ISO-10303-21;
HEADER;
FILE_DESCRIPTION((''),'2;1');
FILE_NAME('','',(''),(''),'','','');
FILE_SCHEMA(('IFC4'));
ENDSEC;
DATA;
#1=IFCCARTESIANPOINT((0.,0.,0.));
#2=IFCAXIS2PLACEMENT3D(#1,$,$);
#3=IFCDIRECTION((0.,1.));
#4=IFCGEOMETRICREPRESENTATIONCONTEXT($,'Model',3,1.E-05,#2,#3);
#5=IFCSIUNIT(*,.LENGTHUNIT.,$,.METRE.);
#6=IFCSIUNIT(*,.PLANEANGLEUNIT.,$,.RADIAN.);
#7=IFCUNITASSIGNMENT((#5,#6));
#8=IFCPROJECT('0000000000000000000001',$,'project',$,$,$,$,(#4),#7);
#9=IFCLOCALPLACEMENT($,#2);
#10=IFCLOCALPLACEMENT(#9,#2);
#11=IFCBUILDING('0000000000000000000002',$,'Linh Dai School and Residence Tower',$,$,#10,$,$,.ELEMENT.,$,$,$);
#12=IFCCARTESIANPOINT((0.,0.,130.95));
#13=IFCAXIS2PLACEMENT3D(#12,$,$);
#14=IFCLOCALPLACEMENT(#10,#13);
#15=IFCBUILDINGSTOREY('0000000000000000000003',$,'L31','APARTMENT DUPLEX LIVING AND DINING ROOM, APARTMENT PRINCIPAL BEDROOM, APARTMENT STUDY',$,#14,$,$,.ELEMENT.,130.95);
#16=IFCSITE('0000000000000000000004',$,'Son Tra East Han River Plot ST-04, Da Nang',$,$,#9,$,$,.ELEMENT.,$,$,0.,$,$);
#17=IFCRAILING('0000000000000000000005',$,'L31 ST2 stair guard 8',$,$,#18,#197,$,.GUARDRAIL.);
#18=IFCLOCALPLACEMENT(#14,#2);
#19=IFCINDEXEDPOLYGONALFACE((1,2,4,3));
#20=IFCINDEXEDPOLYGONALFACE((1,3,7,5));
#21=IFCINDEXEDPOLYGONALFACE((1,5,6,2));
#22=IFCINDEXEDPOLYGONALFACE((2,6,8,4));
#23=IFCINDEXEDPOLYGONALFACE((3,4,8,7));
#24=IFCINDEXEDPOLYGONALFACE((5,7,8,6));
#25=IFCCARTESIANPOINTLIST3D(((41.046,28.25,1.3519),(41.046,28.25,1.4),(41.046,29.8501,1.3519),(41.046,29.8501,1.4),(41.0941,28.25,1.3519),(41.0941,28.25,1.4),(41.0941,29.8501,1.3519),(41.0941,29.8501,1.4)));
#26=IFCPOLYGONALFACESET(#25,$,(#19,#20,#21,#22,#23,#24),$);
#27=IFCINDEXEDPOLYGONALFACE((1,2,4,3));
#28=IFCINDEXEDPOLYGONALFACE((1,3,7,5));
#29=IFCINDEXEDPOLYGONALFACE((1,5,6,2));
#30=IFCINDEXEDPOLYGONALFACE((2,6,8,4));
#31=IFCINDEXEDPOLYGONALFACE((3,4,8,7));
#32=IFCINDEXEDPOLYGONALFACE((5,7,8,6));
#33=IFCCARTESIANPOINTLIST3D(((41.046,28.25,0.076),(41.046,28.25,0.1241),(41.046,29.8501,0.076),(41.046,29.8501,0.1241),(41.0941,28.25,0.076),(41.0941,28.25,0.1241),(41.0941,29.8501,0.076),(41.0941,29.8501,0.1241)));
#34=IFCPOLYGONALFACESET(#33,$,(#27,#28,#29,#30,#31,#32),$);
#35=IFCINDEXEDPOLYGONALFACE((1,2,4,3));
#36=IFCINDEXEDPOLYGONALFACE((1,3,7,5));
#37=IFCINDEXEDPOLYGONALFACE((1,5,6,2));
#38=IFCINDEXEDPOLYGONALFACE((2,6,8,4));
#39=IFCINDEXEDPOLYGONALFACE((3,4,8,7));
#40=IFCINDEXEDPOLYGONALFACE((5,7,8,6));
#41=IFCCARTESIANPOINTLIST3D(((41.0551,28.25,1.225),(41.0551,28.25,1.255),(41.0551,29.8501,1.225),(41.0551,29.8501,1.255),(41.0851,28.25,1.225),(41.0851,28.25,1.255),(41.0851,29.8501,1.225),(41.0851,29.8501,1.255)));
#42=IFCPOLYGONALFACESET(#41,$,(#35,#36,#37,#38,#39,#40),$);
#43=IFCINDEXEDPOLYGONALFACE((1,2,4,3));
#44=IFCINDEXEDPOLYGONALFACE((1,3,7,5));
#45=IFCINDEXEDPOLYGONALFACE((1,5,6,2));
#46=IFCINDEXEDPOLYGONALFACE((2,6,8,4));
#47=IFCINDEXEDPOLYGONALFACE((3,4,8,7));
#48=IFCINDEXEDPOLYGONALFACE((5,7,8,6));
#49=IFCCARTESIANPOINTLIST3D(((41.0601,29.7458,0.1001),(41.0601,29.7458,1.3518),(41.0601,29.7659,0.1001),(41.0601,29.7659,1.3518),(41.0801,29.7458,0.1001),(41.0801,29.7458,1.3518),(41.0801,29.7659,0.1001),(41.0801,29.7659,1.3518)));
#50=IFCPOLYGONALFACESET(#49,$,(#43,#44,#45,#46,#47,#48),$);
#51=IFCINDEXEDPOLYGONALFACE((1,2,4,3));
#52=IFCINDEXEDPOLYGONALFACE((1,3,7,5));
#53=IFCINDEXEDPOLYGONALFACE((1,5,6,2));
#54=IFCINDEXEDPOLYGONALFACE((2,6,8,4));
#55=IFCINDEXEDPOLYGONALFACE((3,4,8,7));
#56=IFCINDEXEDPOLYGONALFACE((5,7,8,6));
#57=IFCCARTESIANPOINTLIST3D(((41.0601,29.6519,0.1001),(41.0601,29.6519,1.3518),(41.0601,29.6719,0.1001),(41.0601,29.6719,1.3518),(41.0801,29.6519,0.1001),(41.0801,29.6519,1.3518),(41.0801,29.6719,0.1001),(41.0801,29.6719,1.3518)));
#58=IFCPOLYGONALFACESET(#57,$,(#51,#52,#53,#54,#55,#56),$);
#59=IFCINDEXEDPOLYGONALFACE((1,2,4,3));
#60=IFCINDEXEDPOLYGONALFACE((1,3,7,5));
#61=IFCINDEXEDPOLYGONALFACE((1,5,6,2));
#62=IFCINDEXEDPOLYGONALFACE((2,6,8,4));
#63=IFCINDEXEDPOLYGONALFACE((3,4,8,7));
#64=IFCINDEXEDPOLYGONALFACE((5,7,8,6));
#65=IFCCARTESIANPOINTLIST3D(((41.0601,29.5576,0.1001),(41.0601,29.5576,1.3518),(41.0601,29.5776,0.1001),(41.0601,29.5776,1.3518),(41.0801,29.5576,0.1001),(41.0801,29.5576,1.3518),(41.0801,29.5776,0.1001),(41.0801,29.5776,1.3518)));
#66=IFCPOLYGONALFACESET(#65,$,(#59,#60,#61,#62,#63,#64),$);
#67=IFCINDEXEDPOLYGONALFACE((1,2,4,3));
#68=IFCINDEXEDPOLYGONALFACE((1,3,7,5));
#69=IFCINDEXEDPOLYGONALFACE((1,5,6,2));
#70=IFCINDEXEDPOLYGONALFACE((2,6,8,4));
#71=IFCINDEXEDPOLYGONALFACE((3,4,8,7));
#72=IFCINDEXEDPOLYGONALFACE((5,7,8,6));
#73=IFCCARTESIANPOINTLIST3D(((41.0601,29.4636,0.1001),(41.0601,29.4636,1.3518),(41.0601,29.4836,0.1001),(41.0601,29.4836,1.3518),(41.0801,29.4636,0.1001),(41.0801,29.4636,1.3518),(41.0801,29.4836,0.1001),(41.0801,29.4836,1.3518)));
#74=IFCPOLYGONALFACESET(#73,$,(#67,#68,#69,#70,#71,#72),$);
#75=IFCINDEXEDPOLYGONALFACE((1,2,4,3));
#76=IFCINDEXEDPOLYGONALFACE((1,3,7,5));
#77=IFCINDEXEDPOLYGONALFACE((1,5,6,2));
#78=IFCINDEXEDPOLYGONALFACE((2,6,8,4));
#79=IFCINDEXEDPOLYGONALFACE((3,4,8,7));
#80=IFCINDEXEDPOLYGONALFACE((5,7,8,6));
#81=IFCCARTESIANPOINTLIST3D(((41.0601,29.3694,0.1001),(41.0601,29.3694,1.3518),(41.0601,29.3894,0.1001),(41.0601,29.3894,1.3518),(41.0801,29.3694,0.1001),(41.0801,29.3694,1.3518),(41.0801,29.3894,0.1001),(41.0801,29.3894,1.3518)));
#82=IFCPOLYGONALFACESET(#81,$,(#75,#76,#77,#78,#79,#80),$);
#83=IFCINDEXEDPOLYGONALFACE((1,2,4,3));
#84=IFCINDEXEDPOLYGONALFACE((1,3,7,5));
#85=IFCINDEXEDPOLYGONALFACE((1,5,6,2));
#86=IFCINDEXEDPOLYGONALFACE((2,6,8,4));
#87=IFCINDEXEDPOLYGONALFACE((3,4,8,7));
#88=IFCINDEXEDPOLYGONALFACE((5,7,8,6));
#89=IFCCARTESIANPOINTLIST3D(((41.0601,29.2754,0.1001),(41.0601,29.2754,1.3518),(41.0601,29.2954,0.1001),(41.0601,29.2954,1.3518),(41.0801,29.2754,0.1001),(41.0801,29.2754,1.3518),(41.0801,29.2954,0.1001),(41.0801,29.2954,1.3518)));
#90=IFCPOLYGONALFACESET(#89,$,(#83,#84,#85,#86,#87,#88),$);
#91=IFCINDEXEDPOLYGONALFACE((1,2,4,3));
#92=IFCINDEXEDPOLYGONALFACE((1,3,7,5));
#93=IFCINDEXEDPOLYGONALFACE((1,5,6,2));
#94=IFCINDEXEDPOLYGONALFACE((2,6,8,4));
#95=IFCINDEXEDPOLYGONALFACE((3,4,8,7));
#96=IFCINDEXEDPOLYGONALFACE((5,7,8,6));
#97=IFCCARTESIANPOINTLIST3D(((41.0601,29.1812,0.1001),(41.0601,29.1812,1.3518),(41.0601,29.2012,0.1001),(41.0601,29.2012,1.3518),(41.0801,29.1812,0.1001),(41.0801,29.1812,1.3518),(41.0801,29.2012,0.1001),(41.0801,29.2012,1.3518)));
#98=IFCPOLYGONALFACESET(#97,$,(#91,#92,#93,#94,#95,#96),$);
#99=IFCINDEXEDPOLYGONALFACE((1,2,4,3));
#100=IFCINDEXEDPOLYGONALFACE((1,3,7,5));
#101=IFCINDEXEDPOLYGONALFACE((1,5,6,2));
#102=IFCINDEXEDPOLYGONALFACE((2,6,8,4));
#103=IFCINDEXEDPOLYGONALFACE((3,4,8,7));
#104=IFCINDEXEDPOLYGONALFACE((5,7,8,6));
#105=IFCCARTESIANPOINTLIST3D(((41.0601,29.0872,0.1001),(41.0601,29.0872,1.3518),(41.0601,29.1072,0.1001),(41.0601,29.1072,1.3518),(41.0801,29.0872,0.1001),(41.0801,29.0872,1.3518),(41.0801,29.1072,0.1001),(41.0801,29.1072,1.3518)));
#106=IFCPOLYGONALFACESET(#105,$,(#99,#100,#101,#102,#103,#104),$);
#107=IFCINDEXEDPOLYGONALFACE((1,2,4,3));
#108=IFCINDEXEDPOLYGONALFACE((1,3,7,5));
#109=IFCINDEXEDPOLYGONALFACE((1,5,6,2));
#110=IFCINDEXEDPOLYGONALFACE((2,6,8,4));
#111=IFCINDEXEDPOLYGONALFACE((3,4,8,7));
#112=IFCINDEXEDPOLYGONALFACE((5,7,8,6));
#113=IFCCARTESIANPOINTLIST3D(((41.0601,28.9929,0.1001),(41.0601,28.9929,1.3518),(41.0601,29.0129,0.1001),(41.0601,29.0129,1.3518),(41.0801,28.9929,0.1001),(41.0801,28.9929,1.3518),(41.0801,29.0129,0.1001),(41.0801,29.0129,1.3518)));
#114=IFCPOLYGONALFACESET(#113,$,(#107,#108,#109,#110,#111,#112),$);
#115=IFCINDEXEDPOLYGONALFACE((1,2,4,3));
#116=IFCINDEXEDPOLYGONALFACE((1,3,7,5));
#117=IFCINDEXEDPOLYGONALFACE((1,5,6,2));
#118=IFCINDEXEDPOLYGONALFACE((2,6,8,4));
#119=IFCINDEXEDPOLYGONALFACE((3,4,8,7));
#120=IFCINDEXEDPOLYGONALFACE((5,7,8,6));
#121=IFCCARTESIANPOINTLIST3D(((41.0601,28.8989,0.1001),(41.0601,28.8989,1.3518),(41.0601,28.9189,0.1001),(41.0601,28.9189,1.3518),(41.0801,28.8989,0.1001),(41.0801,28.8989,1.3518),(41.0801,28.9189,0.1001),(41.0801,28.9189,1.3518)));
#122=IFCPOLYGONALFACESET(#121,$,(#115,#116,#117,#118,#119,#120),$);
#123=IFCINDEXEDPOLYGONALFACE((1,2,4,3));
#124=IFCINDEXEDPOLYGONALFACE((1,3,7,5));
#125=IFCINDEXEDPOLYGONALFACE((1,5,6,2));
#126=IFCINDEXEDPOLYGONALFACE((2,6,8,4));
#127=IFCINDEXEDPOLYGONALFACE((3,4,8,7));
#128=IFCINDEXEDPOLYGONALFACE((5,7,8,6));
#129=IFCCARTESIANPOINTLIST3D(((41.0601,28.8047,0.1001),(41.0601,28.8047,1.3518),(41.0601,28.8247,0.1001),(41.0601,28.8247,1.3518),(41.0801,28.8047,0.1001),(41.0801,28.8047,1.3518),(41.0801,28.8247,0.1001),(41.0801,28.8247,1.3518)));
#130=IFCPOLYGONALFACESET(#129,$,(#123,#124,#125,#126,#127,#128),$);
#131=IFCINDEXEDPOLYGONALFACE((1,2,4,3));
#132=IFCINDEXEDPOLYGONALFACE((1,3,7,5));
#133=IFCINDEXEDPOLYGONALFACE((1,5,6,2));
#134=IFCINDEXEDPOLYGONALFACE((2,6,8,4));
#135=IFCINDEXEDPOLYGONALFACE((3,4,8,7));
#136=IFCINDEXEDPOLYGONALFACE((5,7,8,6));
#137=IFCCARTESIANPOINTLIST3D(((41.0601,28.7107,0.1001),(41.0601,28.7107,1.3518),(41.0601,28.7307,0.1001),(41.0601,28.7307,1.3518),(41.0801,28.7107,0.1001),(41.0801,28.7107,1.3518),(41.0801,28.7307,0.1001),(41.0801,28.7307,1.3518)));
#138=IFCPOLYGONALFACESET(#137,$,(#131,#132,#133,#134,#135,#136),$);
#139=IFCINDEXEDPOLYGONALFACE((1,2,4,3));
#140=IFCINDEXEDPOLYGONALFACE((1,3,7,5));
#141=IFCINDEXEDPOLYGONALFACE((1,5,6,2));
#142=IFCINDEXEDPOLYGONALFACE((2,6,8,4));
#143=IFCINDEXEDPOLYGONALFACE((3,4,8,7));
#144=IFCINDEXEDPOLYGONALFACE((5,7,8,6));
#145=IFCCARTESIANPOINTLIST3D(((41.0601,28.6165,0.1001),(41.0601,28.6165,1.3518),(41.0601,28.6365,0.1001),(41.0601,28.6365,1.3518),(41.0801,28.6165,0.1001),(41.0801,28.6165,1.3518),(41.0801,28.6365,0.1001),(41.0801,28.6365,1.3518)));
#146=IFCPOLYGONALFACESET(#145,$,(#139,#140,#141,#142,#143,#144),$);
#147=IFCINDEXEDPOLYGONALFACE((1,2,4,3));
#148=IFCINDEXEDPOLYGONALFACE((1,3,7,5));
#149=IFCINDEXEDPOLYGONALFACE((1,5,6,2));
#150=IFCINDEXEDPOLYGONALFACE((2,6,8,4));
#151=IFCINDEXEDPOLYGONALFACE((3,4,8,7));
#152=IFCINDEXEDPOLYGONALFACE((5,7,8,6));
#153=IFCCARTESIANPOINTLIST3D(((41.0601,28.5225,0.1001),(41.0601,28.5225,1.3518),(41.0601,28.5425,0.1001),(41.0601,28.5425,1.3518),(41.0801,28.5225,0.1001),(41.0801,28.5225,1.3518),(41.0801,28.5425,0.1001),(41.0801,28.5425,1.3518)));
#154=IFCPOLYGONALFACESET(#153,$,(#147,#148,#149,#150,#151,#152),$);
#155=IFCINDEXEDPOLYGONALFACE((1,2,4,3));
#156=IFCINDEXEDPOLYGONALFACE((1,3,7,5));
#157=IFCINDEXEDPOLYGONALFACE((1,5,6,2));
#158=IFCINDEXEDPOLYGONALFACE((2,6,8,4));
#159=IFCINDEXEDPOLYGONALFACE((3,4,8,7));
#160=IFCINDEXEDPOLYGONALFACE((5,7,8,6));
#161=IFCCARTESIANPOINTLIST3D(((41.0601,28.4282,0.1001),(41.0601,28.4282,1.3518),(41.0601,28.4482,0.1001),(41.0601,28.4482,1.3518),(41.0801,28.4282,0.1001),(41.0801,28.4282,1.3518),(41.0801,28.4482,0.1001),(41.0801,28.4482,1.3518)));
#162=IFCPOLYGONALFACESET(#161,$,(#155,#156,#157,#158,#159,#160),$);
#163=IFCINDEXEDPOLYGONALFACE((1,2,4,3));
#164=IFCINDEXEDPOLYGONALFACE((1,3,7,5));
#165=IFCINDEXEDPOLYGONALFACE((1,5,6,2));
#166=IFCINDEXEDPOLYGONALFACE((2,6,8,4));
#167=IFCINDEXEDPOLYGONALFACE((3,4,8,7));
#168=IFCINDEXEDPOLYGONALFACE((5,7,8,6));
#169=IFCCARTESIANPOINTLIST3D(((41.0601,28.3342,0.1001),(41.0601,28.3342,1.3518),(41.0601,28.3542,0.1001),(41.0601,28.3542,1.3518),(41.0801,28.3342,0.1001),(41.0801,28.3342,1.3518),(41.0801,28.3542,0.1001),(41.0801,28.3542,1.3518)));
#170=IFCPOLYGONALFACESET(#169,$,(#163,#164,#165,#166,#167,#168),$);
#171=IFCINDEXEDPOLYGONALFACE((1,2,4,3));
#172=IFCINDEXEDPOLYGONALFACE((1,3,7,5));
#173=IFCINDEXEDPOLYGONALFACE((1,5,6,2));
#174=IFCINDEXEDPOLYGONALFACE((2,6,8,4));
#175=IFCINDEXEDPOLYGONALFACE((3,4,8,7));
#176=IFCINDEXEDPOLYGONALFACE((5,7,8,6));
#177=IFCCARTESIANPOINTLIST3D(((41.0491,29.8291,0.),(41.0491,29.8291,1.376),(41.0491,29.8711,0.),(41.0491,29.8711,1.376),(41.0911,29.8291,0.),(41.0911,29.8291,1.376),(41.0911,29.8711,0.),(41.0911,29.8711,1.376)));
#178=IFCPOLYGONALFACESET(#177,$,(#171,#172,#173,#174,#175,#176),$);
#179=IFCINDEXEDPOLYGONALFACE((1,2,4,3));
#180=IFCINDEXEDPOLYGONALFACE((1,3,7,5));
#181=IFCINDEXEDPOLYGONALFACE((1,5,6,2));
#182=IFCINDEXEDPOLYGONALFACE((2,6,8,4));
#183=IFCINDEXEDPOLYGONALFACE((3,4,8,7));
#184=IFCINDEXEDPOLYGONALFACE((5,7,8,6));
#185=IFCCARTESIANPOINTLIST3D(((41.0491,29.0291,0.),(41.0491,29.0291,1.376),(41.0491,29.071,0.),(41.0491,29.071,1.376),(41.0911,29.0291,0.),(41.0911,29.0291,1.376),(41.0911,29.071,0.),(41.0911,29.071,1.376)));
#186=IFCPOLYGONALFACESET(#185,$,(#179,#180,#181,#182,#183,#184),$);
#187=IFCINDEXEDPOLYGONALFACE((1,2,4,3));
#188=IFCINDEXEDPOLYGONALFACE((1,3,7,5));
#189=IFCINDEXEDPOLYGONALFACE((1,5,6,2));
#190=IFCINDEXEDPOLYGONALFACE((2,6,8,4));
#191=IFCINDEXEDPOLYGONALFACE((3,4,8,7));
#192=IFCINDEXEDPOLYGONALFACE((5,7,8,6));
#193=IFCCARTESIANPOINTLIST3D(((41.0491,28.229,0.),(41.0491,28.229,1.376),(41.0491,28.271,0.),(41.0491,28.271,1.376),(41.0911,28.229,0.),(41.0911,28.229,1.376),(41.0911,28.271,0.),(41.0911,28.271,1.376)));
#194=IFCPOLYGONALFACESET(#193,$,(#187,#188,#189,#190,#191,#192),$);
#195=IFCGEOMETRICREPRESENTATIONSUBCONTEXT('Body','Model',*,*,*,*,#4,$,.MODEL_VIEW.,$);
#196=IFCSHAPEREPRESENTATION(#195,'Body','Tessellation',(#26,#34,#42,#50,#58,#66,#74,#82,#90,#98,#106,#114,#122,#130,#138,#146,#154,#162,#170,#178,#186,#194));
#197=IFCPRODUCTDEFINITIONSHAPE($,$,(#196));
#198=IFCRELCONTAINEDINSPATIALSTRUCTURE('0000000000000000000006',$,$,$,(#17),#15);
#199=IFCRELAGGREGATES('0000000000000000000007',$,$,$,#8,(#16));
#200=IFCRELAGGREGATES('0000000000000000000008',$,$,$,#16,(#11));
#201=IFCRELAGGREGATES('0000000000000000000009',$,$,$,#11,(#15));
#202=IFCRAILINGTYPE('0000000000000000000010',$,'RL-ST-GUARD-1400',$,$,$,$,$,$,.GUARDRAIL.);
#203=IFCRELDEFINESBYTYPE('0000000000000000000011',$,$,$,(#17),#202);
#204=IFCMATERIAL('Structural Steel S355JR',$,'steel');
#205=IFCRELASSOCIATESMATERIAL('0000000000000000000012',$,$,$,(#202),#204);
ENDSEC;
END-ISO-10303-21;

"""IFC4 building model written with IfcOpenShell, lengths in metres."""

from ifc_helpers import new_model, si_unit, direction, frame, origin, origin_2d, place, context, subcontext, project, spatial, rectangle, extrude, source, transform, mapped, material, type_object, element, save


model = new_model("IFC4")

# Units and contexts
model_context = context("Model", 3, precision=1e-05, world=origin(), true_north=direction((0.0, 1.0)))
body_context = subcontext(model_context, "Body", "Model", "MODEL_VIEW")
ifc_project = project(units=[si_unit("LENGTHUNIT", "METRE"), si_unit("PLANEANGLEUNIT", "RADIAN")], contexts=[model_context])

# Site, building, storey
site_placement = place(None, origin())
site = spatial("IfcSite", under=ifc_project, at=site_placement, Name="Son Tra East Han River Plot ST-04, Da Nang", CompositionType="ELEMENT", RefElevation=0.0)
building_placement = place(site_placement, origin())
building = spatial("IfcBuilding", under=site, at=building_placement, Name="Linh Dai School and Residence Tower", CompositionType="ELEMENT")
storey_placement = place(building_placement, frame((0.0, 0.0, 130.95)))
storey = spatial("IfcBuildingStorey", under=building, at=storey_placement, Name="L31", Description="APARTMENT DUPLEX LIVING AND DINING ROOM, APARTMENT PRINCIPAL BEDROOM, APARTMENT STUDY", CompositionType="ELEMENT", Elevation=130.95)

# Shared definitions
ifc_material_1 = material(Name="Structural Steel S355JR", Category="steel")

# Railing
railing_type_1 = type_object("IfcRailingType", Name="RL-ST-GUARD-1400", PredefinedType="GUARDRAIL", material=ifc_material_1)
shared_shape_1 = source(origin(), body_context, "Body", "SweptSolid", [
    extrude(rectangle(XDim=0.0481, YDim=0.0481, at=origin_2d()), frame((0.0, 0.0, 1.376), z_axis=(0.0, -1.0, 0.0), x_axis=(1.0, 0.0, 0.0)), (0.0, 0.0, 1.0), 1.6001),
    extrude(rectangle(XDim=0.0481, YDim=0.0481, at=origin_2d()), frame((0.0, 0.0, 0.1001), z_axis=(0.0, -1.0, 0.0), x_axis=(1.0, 0.0, 0.0)), (0.0, 0.0, 1.0), 1.6001),
    extrude(rectangle(XDim=0.03, YDim=0.03, at=origin_2d()), frame((0.0, 0.0, 1.24), z_axis=(0.0, -1.0, 0.0), x_axis=(1.0, 0.0, 0.0)), (0.0, 0.0, 1.0), 1.6001),
    extrude(rectangle(XDim=0.02, YDim=0.02, at=origin_2d()), frame((0.0, -0.0942, 0.1001)), (0.0, 0.0, 1.0), 1.2517),
    extrude(rectangle(XDim=0.02, YDim=0.02, at=origin_2d()), frame((0.0, -0.1882, 0.1001)), (0.0, 0.0, 1.0), 1.2517),
    extrude(rectangle(XDim=0.02, YDim=0.02, at=origin_2d()), frame((0.0, -0.2825, 0.1001)), (0.0, 0.0, 1.0), 1.2517),
    extrude(rectangle(XDim=0.02, YDim=0.02, at=origin_2d()), frame((0.0, -0.3765, 0.1001)), (0.0, 0.0, 1.0), 1.2517),
    extrude(rectangle(XDim=0.02, YDim=0.02, at=origin_2d()), frame((0.0, -0.4707, 0.1001)), (0.0, 0.0, 1.0), 1.2517),
    extrude(rectangle(XDim=0.02, YDim=0.02, at=origin_2d()), frame((0.0, -0.5647, 0.1001)), (0.0, 0.0, 1.0), 1.2517),
    extrude(rectangle(XDim=0.02, YDim=0.02, at=origin_2d()), frame((0.0, -0.6589, 0.1001)), (0.0, 0.0, 1.0), 1.2517),
    extrude(rectangle(XDim=0.02, YDim=0.02, at=origin_2d()), frame((0.0, -0.7529, 0.1001)), (0.0, 0.0, 1.0), 1.2517),
    extrude(rectangle(XDim=0.02, YDim=0.02, at=origin_2d()), frame((0.0, -0.8472, 0.1001)), (0.0, 0.0, 1.0), 1.2517),
    extrude(rectangle(XDim=0.02, YDim=0.02, at=origin_2d()), frame((0.0, -0.9412, 0.1001)), (0.0, 0.0, 1.0), 1.2517),
    extrude(rectangle(XDim=0.02, YDim=0.02, at=origin_2d()), frame((0.0, -1.0354, 0.1001)), (0.0, 0.0, 1.0), 1.2517),
    extrude(rectangle(XDim=0.02, YDim=0.02, at=origin_2d()), frame((0.0, -1.1294, 0.1001)), (0.0, 0.0, 1.0), 1.2517),
    extrude(rectangle(XDim=0.02, YDim=0.02, at=origin_2d()), frame((0.0, -1.2236, 0.1001)), (0.0, 0.0, 1.0), 1.2517),
    extrude(rectangle(XDim=0.02, YDim=0.02, at=origin_2d()), frame((0.0, -1.3176, 0.1001)), (0.0, 0.0, 1.0), 1.2517),
    extrude(rectangle(XDim=0.02, YDim=0.02, at=origin_2d()), frame((0.0, -1.4119, 0.1001)), (0.0, 0.0, 1.0), 1.2517),
    extrude(rectangle(XDim=0.02, YDim=0.02, at=origin_2d()), frame((0.0, -1.5059, 0.1001)), (0.0, 0.0, 1.0), 1.2517),
    extrude(rectangle(XDim=0.042, YDim=0.042, at=origin_2d()), origin(), (0.0, 0.0, 1.0), 1.376),
    extrude(rectangle(XDim=0.042, YDim=0.042, at=origin_2d()), frame((0.0, -0.8, 0.0)), (0.0, 0.0, 1.0), 1.376),
    extrude(rectangle(XDim=0.042, YDim=0.042, at=origin_2d()), frame((0.0, -1.6001, 0.0)), (0.0, 0.0, 1.0), 1.376),
])
for number, where, name in (
    (1, (41.0701, 29.8501, 0.0), "L31 ST2 stair guard 8"),
):
    element("IfcRailing", number, at=place(storey_placement, frame(where)), inside=storey, type_object=railing_type_1, Name=name, PredefinedType="GUARDRAIL", context=body_context, shape_type="MappedRepresentation", body=[
        mapped(shared_shape_1, transform((0.0, 0.0, 0.0), x_axis=(1.0, 0.0, 0.0), y_axis=(0.0, 1.0, 0.0), z_axis=(0.0, 0.0, 1.0), scale=1.0)),
    ])

save(model, "model.ifc")
